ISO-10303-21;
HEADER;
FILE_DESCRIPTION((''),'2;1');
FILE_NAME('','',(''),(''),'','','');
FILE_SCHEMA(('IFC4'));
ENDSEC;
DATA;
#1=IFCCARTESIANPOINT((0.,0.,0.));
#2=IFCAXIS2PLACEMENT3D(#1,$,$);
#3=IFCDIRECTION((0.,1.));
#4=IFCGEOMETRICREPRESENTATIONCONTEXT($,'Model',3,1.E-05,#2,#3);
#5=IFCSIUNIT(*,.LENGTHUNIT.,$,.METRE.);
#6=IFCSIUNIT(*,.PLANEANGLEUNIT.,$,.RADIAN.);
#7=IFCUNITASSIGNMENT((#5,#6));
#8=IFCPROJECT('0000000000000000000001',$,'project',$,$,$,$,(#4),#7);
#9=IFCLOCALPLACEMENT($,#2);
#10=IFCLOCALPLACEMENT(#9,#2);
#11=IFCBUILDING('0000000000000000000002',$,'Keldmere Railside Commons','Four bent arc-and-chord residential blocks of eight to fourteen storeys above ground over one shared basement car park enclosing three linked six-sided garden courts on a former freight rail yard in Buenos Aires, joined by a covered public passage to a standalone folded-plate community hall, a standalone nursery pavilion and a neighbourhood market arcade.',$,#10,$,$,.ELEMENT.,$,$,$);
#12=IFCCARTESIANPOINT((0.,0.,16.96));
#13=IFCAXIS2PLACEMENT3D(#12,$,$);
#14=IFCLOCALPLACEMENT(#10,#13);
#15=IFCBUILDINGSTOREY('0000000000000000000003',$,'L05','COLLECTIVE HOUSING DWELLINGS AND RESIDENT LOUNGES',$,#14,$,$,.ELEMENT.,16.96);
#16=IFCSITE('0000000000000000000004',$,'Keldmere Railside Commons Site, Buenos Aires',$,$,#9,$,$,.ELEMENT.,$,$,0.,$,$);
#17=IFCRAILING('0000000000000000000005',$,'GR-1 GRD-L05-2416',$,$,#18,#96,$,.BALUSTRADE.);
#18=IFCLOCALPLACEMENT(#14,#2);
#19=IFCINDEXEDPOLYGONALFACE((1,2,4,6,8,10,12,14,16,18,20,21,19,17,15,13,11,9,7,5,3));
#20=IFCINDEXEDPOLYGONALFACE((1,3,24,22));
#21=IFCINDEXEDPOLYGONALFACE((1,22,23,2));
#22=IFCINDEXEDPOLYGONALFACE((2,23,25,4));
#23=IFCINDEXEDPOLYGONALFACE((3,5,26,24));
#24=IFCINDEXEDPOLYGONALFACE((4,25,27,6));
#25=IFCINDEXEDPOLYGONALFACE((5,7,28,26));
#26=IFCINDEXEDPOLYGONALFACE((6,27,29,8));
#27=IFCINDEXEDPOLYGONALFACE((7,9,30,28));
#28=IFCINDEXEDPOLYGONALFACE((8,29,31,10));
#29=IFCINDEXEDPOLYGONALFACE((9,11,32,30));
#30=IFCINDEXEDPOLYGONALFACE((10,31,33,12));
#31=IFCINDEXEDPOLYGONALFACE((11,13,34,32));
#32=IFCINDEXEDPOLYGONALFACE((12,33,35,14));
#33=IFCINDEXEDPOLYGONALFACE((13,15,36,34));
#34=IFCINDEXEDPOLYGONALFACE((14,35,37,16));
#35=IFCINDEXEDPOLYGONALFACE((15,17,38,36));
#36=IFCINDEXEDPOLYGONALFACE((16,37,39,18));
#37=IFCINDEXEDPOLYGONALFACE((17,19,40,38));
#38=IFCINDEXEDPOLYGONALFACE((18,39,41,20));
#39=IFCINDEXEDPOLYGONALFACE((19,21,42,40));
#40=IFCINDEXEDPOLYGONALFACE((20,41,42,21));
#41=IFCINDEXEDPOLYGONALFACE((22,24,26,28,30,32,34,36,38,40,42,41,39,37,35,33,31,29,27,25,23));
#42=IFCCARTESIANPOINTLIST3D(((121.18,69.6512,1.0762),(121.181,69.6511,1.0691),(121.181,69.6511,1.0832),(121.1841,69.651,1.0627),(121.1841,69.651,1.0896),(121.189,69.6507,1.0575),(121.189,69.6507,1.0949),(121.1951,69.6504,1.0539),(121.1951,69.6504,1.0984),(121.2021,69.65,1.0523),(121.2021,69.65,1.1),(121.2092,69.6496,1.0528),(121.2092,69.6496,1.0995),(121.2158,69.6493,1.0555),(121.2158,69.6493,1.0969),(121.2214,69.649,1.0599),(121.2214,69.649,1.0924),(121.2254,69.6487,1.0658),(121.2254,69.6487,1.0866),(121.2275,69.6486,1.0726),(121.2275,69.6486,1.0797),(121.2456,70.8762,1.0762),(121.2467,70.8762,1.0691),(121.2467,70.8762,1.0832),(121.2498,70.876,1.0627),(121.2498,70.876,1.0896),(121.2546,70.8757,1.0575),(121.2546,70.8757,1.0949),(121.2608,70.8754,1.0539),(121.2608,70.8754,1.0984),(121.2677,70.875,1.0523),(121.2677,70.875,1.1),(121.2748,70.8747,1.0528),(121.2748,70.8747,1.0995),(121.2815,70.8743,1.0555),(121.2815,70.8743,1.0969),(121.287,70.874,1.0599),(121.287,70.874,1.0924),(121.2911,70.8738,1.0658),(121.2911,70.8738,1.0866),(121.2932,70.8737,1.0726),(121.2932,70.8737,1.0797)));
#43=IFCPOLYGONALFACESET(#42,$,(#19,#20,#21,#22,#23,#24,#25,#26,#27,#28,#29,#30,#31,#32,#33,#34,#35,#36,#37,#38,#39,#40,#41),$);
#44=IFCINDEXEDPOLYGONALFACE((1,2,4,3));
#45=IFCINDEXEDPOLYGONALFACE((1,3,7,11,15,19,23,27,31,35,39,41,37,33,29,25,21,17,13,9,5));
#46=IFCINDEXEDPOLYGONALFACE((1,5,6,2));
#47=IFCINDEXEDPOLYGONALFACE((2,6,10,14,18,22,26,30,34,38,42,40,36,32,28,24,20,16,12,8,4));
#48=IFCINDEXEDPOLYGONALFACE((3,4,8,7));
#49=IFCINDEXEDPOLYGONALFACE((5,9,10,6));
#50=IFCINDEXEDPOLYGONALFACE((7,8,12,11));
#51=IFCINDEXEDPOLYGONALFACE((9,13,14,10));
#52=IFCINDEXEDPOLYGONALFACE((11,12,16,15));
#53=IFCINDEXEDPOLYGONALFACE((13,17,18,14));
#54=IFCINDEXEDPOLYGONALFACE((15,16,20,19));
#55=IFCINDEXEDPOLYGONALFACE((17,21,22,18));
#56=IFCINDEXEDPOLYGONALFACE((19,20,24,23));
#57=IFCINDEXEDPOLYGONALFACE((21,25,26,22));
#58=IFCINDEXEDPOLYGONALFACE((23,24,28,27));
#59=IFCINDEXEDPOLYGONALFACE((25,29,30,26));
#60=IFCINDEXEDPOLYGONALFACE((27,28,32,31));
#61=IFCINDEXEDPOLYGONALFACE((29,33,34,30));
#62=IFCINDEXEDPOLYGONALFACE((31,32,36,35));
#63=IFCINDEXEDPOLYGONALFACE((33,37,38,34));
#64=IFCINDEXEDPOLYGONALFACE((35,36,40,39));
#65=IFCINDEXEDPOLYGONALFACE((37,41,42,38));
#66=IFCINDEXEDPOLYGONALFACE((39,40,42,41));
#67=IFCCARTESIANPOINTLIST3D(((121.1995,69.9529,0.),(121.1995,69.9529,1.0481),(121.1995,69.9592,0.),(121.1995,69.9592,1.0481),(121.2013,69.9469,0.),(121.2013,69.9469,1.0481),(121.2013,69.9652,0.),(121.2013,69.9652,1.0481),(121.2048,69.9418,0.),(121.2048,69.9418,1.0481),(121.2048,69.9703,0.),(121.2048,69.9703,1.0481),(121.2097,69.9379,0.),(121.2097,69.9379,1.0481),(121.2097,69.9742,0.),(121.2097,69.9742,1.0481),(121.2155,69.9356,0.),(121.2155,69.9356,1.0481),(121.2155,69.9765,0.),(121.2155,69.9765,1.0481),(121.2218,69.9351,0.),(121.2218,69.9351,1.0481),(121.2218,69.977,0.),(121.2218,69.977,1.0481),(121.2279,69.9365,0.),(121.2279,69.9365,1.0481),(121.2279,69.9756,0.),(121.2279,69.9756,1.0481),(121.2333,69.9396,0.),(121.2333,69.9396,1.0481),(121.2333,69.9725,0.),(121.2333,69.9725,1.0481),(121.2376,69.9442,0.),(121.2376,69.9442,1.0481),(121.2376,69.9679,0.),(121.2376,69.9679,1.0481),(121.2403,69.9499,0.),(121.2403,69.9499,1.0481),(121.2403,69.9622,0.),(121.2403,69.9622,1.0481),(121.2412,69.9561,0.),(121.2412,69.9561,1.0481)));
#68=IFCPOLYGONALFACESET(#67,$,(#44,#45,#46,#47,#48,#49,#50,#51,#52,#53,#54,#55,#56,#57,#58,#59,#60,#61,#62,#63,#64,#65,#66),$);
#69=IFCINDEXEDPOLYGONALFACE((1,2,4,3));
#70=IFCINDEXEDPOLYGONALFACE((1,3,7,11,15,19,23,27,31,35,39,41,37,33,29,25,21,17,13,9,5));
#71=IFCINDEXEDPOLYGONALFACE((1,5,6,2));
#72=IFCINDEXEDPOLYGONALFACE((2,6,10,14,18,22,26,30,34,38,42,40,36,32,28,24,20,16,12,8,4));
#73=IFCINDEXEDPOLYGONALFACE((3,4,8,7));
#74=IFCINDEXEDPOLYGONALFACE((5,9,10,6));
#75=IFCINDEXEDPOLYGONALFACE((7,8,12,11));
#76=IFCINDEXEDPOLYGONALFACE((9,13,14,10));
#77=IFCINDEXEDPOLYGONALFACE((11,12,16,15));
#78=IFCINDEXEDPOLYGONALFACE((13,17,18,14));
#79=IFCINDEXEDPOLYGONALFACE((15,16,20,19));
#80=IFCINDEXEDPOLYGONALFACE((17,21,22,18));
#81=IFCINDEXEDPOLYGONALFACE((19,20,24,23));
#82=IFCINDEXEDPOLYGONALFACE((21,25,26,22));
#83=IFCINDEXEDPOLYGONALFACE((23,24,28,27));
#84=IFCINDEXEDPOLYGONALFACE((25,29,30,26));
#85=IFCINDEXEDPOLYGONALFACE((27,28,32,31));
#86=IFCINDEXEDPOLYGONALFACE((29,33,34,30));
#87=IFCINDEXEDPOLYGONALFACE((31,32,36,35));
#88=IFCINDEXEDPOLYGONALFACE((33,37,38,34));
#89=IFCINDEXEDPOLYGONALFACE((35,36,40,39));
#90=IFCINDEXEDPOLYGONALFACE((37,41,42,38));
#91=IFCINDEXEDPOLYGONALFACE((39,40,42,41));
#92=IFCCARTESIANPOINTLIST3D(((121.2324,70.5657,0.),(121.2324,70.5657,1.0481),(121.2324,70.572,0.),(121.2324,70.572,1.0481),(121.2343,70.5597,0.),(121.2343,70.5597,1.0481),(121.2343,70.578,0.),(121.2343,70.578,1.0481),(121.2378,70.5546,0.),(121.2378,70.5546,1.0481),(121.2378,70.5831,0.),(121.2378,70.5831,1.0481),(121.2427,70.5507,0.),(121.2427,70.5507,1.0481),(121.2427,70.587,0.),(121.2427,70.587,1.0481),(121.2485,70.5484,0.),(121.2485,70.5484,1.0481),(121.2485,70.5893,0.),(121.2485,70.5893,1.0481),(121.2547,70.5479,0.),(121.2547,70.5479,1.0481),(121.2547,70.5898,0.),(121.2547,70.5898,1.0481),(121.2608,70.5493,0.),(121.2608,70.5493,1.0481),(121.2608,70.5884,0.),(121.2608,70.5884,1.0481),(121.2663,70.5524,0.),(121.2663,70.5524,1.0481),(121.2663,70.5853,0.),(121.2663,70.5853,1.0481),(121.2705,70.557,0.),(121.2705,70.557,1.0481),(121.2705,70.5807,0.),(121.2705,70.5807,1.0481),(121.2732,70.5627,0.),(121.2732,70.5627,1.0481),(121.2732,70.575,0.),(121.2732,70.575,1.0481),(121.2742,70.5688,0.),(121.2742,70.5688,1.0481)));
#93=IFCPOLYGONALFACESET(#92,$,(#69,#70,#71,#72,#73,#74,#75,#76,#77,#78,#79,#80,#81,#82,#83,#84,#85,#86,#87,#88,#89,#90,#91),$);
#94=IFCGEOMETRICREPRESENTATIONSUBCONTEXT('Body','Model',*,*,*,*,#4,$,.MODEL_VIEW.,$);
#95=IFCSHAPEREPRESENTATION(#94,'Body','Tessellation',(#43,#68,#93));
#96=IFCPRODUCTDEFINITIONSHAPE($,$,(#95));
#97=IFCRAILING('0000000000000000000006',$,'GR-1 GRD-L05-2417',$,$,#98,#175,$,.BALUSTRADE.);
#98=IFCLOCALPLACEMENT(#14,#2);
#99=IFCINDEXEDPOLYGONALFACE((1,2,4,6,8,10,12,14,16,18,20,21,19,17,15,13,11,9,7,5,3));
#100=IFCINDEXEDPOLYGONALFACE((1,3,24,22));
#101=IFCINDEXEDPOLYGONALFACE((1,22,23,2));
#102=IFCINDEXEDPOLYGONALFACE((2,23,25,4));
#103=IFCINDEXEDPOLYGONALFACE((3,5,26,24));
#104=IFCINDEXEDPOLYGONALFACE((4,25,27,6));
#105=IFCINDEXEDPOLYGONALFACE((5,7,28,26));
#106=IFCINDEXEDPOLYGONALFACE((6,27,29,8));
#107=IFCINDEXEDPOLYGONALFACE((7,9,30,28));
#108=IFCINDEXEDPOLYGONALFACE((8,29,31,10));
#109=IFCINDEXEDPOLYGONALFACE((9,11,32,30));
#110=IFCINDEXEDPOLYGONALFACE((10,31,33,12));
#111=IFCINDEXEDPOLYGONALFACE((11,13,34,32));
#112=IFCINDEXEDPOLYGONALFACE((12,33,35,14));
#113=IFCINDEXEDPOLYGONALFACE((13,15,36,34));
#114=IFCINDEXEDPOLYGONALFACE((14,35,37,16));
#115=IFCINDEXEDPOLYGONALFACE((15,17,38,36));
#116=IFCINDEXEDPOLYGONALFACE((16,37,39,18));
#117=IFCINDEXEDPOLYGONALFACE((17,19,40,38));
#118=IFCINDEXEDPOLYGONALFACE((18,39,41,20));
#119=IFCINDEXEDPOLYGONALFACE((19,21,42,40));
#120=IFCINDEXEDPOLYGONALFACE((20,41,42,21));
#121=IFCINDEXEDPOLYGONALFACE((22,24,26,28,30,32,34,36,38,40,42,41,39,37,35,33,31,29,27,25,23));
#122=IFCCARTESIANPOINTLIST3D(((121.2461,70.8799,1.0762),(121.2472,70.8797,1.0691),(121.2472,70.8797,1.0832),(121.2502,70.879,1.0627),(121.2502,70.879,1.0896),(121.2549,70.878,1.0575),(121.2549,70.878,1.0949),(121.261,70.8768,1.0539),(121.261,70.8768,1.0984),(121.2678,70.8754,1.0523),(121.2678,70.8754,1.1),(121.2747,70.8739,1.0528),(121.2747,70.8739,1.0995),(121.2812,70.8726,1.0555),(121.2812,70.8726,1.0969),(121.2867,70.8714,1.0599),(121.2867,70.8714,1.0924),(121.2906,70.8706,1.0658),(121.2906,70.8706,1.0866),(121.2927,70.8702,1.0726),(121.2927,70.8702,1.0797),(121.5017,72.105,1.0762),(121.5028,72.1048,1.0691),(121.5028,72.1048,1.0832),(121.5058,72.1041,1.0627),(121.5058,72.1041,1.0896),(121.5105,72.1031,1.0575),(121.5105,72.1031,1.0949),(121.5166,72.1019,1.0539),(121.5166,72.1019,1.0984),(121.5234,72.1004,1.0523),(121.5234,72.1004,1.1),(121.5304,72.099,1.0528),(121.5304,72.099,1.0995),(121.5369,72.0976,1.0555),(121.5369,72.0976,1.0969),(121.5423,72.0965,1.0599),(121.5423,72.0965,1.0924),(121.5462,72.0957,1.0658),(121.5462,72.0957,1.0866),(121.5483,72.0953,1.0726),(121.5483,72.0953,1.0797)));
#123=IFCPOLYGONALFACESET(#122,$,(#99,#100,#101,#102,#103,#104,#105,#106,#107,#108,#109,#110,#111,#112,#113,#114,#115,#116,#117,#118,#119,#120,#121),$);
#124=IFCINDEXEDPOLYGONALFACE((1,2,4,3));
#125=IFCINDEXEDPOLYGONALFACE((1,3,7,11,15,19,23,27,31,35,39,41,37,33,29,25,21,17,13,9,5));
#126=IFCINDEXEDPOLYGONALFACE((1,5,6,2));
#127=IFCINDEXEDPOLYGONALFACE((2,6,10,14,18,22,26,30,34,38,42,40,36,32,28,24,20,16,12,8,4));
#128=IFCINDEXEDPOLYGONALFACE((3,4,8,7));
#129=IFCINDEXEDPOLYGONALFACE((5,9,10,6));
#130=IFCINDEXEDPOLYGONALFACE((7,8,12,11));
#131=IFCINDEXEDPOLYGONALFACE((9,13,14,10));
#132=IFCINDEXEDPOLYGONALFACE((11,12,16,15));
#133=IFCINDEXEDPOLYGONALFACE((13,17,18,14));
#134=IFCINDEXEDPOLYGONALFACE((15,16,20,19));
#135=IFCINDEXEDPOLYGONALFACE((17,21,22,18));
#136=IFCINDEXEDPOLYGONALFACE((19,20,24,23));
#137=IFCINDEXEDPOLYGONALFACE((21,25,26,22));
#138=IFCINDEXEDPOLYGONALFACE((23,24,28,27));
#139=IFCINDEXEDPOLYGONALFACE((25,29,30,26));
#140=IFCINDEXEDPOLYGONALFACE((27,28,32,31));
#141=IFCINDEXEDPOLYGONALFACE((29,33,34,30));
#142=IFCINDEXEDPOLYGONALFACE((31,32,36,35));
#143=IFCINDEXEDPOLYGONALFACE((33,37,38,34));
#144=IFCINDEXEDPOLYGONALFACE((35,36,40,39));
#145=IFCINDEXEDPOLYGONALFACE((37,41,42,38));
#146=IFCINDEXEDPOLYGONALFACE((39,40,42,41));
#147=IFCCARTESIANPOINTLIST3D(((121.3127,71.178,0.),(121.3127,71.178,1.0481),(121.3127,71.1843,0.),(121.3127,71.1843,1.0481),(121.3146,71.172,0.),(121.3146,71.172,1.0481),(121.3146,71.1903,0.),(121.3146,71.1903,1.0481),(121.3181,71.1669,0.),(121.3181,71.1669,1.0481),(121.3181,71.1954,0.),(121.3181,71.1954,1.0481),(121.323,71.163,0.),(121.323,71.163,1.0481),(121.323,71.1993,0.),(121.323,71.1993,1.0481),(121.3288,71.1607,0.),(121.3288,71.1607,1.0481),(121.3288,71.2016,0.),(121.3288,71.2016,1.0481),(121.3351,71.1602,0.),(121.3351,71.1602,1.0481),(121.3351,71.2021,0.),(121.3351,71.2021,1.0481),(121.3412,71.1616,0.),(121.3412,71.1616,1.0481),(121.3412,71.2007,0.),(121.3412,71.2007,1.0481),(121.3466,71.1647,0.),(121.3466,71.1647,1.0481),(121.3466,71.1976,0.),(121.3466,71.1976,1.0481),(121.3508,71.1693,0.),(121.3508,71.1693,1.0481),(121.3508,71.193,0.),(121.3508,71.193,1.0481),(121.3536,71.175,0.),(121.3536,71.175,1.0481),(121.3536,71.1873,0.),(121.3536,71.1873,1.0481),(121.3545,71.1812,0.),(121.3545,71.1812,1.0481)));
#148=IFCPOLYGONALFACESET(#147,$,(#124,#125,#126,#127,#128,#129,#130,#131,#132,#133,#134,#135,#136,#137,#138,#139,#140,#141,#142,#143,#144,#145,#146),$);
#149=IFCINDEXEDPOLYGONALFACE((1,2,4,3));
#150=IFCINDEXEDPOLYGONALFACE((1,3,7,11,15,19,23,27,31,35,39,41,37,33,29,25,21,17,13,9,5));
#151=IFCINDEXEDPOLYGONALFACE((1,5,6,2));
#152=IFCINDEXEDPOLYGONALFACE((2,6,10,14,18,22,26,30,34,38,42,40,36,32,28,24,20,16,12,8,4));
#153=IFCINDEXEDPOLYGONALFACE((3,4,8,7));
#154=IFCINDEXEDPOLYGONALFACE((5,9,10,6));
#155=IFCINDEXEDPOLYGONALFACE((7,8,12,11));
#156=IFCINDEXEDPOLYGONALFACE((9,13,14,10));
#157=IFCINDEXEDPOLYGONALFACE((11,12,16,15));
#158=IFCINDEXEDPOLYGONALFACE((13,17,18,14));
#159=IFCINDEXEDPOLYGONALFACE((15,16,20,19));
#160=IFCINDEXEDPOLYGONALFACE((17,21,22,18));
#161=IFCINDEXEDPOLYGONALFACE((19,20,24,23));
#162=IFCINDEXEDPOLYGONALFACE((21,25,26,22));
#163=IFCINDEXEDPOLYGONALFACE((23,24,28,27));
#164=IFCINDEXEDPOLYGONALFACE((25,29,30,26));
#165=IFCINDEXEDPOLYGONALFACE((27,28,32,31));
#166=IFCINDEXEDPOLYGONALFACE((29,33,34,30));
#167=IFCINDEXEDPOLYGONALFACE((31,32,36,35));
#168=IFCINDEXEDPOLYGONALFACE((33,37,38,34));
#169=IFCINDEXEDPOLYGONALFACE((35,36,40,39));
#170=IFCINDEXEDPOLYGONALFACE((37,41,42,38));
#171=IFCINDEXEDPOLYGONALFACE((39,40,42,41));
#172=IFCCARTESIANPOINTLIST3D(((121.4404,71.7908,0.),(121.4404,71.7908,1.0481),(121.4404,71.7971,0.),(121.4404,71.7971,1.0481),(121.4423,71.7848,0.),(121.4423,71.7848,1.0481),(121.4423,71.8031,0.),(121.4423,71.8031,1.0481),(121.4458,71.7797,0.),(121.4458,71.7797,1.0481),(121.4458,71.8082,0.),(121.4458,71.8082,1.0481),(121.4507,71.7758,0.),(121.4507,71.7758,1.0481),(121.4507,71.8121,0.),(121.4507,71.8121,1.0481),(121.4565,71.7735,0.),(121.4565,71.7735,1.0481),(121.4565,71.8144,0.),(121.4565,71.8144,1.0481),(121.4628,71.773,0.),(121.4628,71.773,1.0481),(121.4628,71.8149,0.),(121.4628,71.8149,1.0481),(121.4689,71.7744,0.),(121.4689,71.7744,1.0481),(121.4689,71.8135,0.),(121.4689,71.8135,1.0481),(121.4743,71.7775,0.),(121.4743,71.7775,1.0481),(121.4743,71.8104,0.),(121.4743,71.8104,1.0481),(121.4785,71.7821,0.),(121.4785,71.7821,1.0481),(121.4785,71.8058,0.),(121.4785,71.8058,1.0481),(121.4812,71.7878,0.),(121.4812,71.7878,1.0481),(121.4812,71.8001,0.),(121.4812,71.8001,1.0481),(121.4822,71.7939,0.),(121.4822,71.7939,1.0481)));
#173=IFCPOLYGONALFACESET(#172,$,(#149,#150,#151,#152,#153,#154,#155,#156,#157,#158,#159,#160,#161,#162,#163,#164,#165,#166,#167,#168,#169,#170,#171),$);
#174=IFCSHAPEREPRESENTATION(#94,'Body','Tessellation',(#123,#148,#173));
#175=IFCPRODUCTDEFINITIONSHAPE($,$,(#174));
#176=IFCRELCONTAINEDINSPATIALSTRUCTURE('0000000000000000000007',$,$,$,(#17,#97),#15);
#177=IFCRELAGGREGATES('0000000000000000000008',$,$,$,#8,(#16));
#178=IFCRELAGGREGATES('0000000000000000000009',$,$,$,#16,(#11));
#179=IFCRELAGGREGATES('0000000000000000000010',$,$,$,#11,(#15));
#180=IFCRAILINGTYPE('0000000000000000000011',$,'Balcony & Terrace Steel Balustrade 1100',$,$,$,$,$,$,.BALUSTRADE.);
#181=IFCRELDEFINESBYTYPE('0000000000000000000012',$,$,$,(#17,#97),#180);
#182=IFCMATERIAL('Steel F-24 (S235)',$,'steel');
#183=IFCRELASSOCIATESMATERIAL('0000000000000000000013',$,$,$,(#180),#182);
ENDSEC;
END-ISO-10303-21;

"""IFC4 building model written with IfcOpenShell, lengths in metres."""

from ifc_helpers import new_model, si_unit, direction, frame, origin, origin_2d, place, context, subcontext, project, spatial, circle, extrude, material, type_object, element, save


model = new_model("IFC4")

# Units and contexts
model_context = context("Model", 3, precision=1e-05, world=origin(), true_north=direction((0.0, 1.0)))
body_context = subcontext(model_context, "Body", "Model", "MODEL_VIEW")
ifc_project = project(units=[si_unit("LENGTHUNIT", "METRE"), si_unit("PLANEANGLEUNIT", "RADIAN")], contexts=[model_context])

# Site, building, storey
site_placement = place(None, origin())
site = spatial("IfcSite", under=ifc_project, at=site_placement, Name="Keldmere Railside Commons Site, Buenos Aires", CompositionType="ELEMENT", RefElevation=0.0)
building_placement = place(site_placement, origin())
building = spatial("IfcBuilding", under=site, at=building_placement, Name="Keldmere Railside Commons", Description="Four bent arc-and-chord residential blocks of eight to fourteen storeys above ground over one shared basement car park enclosing three linked six-sided garden courts on a former freight rail yard in Buenos Aires, joined by a covered public passage to a standalone folded-plate community hall, a standalone nursery pavilion and a neighbourhood market arcade.", CompositionType="ELEMENT")
storey_placement = place(building_placement, frame((0.0, 0.0, 16.96)))
storey = spatial("IfcBuildingStorey", under=building, at=storey_placement, Name="L05", Description="COLLECTIVE HOUSING DWELLINGS AND RESIDENT LOUNGES", CompositionType="ELEMENT", Elevation=16.96)

# Railings
ifc_material_1 = material(Name="Steel F-24 (S235)", Category="steel")
railing_type_1 = type_object("IfcRailingType", Name="Balcony & Terrace Steel Balustrade 1100", PredefinedType="BALUSTRADE", material=ifc_material_1)
railing_1_placement = place(storey_placement, frame((121.2039, 69.6499, 0.0)))
element("IfcRailing", 1, at=railing_1_placement, inside=storey, type_object=railing_type_1, Name="GR-1 GRD-L05-2416", PredefinedType="BALUSTRADE", context=body_context, shape_type="SweptSolid", body=[
    extrude(circle(Radius=0.0239, at=origin_2d()), frame((0.0, 0.0, 1.0762), z_axis=(0.05353, 0.998566, 0.0), x_axis=(-0.998566, 0.05353, 0.0)), (0.0, 0.0, 1.0), 1.2268),
    extrude(circle(Radius=0.021, at=origin_2d()), frame((0.0164, 0.3062, 0.0)), (0.0, 0.0, 1.0), 1.0481),
    extrude(circle(Radius=0.021, at=origin_2d()), frame((0.0493, 0.9189, 0.0)), (0.0, 0.0, 1.0), 1.0481),
])
railing_2_placement = place(storey_placement, frame((121.2695, 70.875, 0.0)))
element("IfcRailing", 2, at=railing_2_placement, inside=storey, type_object=railing_type_1, Name="GR-1 GRD-L05-2417", PredefinedType="BALUSTRADE", context=body_context, shape_type="SweptSolid", body=[
    extrude(circle(Radius=0.0239, at=origin_2d()), frame((0.0, 0.0, 1.0762), z_axis=(0.20425, 0.978919, 0.0), x_axis=(-0.978919, 0.20425, 0.0)), (0.0, 0.0, 1.0), 1.2515),
    extrude(circle(Radius=0.021, at=origin_2d()), frame((0.064, 0.3062, 0.0)), (0.0, 0.0, 1.0), 1.0481),
    extrude(circle(Radius=0.021, at=origin_2d()), frame((0.1917, 0.9189, 0.0)), (0.0, 0.0, 1.0), 1.0481),
])

save(model, "model.ifc")
